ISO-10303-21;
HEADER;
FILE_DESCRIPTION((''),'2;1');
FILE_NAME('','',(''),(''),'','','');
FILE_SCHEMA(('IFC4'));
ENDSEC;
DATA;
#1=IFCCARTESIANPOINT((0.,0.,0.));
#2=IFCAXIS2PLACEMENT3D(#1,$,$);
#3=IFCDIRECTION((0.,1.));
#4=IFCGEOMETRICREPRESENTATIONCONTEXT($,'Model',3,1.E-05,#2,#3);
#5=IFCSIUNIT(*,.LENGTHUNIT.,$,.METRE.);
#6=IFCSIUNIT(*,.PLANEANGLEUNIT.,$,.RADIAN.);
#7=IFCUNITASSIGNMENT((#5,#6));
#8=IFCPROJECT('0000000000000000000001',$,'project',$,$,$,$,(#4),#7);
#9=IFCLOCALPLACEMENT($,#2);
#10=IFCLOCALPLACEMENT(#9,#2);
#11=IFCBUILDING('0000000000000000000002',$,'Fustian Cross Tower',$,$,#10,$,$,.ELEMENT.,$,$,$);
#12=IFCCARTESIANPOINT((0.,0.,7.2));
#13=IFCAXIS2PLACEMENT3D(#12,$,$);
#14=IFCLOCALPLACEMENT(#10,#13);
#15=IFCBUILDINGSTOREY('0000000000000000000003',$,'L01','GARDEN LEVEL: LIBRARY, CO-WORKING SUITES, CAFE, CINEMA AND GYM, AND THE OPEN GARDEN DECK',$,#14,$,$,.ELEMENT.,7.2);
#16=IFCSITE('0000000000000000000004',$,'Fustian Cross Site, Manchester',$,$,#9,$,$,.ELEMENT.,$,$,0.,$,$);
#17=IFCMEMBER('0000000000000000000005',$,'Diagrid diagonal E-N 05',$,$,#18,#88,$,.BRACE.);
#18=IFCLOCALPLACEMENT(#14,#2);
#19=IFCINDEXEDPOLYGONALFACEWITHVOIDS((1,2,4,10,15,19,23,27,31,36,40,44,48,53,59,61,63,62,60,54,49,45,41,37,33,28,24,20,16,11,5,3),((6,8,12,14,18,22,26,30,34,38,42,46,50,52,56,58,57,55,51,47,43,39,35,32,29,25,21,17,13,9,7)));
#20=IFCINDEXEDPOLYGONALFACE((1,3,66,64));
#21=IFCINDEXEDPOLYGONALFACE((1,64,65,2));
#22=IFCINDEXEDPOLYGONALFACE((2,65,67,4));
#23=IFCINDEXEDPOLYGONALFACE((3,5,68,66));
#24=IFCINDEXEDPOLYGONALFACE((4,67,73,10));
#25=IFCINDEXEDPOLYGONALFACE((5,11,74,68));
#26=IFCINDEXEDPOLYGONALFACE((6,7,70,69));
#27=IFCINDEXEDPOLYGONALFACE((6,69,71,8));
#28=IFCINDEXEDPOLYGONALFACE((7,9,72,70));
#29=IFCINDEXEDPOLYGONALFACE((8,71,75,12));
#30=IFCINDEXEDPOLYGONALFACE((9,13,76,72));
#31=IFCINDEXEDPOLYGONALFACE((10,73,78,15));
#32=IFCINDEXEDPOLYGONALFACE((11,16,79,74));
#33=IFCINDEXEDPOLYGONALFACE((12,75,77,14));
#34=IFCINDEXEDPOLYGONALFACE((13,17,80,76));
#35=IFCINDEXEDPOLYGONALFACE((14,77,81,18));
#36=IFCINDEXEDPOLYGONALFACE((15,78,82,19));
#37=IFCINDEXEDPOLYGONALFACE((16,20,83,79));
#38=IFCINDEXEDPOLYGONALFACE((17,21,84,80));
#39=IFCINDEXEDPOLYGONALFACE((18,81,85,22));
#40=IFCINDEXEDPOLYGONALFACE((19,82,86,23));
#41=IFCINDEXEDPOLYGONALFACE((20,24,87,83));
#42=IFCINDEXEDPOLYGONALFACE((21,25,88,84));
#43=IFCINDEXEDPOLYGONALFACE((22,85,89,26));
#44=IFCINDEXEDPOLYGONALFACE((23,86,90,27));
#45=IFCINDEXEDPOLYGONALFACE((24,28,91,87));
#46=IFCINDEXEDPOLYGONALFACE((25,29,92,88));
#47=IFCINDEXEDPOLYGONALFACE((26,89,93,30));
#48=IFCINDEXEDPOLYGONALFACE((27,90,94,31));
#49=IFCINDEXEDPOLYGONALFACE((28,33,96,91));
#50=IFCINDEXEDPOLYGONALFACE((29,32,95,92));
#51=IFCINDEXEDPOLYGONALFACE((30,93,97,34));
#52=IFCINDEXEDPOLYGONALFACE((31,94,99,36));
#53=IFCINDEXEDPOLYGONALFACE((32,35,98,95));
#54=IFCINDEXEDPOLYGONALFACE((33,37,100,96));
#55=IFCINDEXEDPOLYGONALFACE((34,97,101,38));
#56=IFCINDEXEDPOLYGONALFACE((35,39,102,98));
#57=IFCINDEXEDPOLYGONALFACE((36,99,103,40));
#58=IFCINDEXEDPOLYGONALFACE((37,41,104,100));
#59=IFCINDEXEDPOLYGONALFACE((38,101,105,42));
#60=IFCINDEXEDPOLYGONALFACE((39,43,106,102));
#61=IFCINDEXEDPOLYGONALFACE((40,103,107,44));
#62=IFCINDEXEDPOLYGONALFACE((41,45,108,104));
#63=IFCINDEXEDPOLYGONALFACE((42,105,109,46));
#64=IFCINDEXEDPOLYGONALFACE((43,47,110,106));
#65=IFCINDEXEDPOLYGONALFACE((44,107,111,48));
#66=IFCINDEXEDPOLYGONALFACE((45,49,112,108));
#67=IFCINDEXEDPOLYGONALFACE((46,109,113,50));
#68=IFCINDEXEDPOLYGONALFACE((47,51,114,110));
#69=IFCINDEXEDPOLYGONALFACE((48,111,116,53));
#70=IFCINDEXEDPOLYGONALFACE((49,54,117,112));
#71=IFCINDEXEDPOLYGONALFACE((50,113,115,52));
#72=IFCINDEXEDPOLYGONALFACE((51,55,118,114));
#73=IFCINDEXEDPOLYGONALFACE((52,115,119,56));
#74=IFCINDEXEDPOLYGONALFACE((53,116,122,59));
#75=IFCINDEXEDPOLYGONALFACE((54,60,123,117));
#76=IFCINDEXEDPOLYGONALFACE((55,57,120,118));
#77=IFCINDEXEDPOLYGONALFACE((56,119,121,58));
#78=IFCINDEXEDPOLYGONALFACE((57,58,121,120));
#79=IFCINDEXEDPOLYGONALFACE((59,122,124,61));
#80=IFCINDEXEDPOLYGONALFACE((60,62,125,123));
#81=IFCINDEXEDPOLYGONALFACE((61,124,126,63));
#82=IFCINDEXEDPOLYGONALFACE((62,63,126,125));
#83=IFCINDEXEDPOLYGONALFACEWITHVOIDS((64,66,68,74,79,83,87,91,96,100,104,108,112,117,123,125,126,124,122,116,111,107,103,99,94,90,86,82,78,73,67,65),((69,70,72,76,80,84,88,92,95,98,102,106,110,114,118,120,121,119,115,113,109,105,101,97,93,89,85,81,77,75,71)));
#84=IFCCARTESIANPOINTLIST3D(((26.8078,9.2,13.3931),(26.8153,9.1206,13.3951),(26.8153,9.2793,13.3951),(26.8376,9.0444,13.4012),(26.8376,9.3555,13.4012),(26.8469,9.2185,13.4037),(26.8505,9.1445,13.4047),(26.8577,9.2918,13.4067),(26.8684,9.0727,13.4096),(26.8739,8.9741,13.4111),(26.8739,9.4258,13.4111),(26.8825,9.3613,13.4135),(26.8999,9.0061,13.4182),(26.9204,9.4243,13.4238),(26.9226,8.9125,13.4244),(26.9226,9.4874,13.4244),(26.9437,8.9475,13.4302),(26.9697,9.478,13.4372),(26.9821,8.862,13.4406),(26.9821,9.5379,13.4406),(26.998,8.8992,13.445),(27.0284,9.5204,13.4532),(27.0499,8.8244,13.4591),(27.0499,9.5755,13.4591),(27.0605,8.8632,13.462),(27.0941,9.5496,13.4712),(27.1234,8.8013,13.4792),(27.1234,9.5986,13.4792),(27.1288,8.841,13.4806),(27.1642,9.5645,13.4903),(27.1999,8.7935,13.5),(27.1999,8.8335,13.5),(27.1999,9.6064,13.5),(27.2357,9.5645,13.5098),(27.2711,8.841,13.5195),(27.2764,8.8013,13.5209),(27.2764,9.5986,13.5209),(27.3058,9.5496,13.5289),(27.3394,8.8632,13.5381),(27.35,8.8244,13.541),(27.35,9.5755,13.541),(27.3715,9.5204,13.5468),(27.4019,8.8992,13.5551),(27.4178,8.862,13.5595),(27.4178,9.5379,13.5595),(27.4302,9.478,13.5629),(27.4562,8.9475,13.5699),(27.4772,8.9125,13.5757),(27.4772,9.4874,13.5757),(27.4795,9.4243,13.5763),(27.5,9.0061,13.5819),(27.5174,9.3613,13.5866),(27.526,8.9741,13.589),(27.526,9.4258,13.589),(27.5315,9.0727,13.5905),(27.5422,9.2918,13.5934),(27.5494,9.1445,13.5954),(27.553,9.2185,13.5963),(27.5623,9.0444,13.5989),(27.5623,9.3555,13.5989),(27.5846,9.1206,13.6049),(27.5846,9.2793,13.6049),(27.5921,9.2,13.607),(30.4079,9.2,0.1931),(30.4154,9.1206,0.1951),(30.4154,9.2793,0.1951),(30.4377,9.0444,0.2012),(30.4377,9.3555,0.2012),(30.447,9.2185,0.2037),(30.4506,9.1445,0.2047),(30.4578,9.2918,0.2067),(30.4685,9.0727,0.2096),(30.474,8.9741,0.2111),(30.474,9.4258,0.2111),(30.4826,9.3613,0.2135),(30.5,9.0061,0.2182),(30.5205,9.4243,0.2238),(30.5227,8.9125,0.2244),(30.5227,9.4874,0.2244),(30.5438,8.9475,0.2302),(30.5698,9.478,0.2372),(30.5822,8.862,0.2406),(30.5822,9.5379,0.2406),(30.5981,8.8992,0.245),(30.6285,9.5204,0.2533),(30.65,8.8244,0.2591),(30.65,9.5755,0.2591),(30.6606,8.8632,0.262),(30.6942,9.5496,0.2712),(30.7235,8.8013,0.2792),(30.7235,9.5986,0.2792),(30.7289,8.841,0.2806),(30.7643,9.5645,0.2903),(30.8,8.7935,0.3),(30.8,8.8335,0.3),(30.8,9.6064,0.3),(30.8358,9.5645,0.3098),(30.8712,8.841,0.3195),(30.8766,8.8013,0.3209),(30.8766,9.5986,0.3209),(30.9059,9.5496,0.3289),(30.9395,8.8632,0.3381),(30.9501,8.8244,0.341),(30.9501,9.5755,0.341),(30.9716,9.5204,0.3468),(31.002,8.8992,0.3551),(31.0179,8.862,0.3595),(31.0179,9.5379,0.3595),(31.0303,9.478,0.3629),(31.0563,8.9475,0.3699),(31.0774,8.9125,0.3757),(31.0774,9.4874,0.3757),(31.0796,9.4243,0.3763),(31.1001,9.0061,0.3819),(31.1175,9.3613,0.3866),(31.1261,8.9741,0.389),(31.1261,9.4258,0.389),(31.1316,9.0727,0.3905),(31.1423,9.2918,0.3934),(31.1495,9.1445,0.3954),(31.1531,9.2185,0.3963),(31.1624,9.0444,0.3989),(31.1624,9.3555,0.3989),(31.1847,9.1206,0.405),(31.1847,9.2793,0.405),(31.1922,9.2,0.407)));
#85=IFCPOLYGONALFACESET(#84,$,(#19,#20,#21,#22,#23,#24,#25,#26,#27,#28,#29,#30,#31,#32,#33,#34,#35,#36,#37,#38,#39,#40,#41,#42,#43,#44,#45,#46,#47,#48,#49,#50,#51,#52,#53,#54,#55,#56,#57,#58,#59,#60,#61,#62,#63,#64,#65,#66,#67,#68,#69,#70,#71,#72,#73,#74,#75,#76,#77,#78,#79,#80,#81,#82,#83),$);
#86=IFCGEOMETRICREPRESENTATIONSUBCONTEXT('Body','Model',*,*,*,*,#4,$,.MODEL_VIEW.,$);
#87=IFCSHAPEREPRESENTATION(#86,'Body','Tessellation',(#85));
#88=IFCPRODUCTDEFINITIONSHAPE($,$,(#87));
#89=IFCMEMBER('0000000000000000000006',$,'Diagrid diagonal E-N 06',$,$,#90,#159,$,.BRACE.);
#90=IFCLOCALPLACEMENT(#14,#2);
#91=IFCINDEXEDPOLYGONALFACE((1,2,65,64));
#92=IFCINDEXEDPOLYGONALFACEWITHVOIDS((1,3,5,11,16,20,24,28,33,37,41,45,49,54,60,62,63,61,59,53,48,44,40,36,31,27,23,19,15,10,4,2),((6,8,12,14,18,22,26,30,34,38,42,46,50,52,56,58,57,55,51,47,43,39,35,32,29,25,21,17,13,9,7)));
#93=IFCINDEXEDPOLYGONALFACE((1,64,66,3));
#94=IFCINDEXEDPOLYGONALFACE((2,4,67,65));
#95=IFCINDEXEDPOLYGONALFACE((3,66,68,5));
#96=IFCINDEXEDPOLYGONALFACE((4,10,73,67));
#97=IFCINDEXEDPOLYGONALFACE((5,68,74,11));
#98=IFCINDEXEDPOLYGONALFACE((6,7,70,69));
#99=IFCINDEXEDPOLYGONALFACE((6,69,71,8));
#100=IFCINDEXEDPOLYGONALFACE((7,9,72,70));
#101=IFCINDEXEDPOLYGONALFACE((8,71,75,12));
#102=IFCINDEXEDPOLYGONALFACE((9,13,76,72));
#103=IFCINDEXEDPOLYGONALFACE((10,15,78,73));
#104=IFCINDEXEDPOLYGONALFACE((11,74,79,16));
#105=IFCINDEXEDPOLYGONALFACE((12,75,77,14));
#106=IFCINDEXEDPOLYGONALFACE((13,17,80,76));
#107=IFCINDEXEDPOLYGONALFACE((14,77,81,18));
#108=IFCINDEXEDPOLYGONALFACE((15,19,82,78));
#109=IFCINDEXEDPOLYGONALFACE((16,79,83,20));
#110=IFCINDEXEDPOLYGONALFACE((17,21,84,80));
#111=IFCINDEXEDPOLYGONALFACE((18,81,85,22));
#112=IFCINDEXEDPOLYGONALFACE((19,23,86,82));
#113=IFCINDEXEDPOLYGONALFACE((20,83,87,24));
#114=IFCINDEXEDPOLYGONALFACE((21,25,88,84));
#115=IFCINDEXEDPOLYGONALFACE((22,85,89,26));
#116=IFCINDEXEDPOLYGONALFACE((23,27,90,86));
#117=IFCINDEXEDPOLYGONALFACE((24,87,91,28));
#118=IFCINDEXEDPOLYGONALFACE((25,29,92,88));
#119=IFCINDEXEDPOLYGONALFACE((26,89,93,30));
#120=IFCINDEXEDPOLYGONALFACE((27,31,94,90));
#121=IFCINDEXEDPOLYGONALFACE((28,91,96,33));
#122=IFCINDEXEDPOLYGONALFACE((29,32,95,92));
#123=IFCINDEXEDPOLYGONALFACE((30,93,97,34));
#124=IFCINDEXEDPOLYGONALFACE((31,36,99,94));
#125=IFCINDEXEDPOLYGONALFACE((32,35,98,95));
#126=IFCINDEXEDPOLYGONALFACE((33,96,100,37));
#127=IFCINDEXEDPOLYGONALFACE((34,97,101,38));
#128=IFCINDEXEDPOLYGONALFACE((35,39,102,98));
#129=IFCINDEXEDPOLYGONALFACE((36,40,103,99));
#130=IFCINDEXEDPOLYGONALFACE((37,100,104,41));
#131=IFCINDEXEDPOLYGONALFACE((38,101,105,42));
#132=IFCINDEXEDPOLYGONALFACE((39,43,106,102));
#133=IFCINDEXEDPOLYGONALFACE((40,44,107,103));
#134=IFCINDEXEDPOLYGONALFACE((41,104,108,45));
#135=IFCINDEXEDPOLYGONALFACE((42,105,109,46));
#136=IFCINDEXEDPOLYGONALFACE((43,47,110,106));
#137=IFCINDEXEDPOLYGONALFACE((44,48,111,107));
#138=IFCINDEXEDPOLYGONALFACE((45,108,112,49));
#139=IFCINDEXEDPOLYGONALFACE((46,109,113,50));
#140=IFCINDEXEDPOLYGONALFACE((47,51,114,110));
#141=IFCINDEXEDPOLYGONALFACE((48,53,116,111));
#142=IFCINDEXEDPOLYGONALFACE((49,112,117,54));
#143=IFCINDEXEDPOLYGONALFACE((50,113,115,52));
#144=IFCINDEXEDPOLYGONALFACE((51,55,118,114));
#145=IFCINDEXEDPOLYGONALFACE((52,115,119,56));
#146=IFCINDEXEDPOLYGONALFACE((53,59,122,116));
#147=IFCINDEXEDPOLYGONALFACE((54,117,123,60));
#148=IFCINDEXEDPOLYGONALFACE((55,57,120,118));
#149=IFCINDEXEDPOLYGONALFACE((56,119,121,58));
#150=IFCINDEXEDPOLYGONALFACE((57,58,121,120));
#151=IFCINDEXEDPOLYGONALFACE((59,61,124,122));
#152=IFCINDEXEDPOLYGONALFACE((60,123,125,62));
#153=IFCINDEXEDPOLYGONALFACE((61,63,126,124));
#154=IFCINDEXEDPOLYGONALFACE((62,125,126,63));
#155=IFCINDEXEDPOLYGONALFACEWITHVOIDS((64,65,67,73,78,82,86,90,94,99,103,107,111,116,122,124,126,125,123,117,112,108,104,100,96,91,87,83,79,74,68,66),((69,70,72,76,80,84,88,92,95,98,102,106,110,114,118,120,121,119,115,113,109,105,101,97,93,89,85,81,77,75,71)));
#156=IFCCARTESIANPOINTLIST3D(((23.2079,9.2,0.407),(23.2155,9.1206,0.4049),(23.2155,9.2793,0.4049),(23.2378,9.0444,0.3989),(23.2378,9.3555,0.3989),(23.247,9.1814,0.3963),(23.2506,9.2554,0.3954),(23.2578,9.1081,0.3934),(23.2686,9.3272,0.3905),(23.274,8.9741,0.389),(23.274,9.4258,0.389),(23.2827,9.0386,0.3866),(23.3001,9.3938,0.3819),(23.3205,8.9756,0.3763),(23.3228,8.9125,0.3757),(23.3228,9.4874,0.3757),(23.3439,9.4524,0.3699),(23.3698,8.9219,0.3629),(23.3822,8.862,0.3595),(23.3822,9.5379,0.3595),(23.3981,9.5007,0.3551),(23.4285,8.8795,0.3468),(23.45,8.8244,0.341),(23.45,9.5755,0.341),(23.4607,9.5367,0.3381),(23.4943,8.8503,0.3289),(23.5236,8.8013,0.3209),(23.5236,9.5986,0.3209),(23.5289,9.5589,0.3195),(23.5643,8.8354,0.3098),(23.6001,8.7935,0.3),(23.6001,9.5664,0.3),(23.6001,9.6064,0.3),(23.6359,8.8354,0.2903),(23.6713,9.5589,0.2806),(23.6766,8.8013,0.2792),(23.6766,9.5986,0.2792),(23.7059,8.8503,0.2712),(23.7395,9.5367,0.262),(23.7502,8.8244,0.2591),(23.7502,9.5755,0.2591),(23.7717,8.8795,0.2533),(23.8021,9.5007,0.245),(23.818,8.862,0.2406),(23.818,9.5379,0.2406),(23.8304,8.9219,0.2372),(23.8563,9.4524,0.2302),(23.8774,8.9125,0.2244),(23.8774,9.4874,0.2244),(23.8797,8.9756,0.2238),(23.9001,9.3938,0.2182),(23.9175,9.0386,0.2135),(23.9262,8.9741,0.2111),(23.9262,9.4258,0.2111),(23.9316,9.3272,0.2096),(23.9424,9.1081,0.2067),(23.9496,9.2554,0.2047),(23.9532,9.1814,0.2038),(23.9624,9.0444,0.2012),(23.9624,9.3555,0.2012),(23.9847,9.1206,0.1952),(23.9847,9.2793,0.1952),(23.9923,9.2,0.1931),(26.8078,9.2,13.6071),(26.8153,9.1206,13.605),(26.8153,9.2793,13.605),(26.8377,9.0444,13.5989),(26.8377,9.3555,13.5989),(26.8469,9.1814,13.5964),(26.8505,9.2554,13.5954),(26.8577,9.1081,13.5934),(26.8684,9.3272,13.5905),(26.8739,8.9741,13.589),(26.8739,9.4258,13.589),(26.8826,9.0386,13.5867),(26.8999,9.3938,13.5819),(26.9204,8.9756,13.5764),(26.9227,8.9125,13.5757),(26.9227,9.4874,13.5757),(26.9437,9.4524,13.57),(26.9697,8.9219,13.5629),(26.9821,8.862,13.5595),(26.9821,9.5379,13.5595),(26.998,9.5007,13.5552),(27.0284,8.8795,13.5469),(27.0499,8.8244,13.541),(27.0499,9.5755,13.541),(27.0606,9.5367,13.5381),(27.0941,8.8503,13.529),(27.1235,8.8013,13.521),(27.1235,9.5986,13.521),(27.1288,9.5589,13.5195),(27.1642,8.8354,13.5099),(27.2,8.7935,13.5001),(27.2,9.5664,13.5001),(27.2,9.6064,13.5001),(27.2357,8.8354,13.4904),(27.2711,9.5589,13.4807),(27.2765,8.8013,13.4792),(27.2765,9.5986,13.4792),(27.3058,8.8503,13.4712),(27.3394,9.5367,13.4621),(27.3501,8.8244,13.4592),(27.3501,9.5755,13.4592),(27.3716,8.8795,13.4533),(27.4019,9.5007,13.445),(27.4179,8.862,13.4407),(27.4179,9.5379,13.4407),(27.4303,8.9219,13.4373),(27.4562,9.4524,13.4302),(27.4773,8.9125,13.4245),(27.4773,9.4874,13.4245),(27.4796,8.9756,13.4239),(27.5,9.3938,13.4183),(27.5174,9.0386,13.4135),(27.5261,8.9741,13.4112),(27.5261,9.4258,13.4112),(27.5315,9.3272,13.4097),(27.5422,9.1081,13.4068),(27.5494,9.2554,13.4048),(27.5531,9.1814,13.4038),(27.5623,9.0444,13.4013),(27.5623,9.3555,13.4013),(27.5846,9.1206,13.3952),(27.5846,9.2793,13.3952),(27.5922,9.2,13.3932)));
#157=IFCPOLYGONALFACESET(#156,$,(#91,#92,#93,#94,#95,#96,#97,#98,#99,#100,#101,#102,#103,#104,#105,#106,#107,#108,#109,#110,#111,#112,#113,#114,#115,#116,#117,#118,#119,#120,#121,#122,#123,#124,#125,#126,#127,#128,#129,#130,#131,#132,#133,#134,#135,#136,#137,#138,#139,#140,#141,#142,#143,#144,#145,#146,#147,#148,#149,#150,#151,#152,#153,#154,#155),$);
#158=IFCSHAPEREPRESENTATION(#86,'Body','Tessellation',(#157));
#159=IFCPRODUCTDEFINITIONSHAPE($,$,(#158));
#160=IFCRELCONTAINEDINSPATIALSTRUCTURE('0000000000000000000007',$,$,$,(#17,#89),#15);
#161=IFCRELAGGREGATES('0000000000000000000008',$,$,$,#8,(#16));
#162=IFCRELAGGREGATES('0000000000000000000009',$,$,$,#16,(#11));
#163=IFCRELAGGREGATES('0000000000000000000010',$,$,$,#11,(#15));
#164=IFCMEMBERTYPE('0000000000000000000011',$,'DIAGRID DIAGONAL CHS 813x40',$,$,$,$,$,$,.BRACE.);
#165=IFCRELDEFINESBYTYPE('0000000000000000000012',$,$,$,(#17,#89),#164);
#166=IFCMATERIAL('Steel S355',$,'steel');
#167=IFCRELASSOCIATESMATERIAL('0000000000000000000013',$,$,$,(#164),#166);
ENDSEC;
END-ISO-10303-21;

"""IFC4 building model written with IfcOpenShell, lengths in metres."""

from ifc_helpers import new_model, si_unit, direction, frame, origin, origin_2d, place, context, subcontext, project, spatial, hollow_circle, extrude, material, material_profile, profile_set, type_object, element, save


model = new_model("IFC4")

# Units and contexts
model_context = context("Model", 3, precision=1e-05, world=origin(), true_north=direction((0.0, 1.0)))
body_context = subcontext(model_context, "Body", "Model", "MODEL_VIEW")
ifc_project = project(units=[si_unit("LENGTHUNIT", "METRE"), si_unit("PLANEANGLEUNIT", "RADIAN")], contexts=[model_context])

# Site, building, storey
site_placement = place(None, origin())
site = spatial("IfcSite", under=ifc_project, at=site_placement, Name="Fustian Cross Site, Manchester", CompositionType="ELEMENT", RefElevation=0.0)
building_placement = place(site_placement, origin())
building = spatial("IfcBuilding", under=site, at=building_placement, Name="Fustian Cross Tower", CompositionType="ELEMENT")
storey_placement = place(building_placement, frame((0.0, 0.0, 7.2)))
storey = spatial("IfcBuildingStorey", under=building, at=storey_placement, Name="L01", Description="GARDEN LEVEL: LIBRARY, CO-WORKING SUITES, CAFE, CINEMA AND GYM, AND THE OPEN GARDEN DECK", CompositionType="ELEMENT", Elevation=7.2)

# Members
ifc_material_1 = material(Name="Steel S355", Category="steel")
ifc_material_profile_1 = material_profile(ifc_material_1, hollow_circle(Radius=0.4065, WallThickness=0.04, at=origin_2d()), Name="CHS 813x40")
ifc_profile_set_1 = profile_set([ifc_material_profile_1], Name="Steel S355")
member_type_1 = type_object("IfcMemberType", Name="DIAGRID DIAGONAL CHS 813x40", PredefinedType="BRACE", material=ifc_profile_set_1)
for number, where, z_axis, x_axis, name in (
    (1, (30.8, 9.2, 0.3), (-0.263125, 0.0, 0.964762), (0.0, -1.0, 0.0), "Diagrid diagonal E-N 05"),
    (2, (23.6001, 9.2, 0.3), (0.263108, 0.0, 0.964766), (0.0, 1.0, 0.0), "Diagrid diagonal E-N 06"),
):
    element("IfcMember", number, at=place(storey_placement, frame(where, z_axis=z_axis, x_axis=x_axis)), inside=storey, type_object=member_type_1, Name=name, PredefinedType="BRACE", context=body_context, shape_type="SweptSolid", body=[
        extrude(hollow_circle(Radius=0.4065, WallThickness=0.04, at=origin_2d()), origin(), (0.0, 0.0, 1.0), 13.6821),
    ])

save(model, "model.ifc")
